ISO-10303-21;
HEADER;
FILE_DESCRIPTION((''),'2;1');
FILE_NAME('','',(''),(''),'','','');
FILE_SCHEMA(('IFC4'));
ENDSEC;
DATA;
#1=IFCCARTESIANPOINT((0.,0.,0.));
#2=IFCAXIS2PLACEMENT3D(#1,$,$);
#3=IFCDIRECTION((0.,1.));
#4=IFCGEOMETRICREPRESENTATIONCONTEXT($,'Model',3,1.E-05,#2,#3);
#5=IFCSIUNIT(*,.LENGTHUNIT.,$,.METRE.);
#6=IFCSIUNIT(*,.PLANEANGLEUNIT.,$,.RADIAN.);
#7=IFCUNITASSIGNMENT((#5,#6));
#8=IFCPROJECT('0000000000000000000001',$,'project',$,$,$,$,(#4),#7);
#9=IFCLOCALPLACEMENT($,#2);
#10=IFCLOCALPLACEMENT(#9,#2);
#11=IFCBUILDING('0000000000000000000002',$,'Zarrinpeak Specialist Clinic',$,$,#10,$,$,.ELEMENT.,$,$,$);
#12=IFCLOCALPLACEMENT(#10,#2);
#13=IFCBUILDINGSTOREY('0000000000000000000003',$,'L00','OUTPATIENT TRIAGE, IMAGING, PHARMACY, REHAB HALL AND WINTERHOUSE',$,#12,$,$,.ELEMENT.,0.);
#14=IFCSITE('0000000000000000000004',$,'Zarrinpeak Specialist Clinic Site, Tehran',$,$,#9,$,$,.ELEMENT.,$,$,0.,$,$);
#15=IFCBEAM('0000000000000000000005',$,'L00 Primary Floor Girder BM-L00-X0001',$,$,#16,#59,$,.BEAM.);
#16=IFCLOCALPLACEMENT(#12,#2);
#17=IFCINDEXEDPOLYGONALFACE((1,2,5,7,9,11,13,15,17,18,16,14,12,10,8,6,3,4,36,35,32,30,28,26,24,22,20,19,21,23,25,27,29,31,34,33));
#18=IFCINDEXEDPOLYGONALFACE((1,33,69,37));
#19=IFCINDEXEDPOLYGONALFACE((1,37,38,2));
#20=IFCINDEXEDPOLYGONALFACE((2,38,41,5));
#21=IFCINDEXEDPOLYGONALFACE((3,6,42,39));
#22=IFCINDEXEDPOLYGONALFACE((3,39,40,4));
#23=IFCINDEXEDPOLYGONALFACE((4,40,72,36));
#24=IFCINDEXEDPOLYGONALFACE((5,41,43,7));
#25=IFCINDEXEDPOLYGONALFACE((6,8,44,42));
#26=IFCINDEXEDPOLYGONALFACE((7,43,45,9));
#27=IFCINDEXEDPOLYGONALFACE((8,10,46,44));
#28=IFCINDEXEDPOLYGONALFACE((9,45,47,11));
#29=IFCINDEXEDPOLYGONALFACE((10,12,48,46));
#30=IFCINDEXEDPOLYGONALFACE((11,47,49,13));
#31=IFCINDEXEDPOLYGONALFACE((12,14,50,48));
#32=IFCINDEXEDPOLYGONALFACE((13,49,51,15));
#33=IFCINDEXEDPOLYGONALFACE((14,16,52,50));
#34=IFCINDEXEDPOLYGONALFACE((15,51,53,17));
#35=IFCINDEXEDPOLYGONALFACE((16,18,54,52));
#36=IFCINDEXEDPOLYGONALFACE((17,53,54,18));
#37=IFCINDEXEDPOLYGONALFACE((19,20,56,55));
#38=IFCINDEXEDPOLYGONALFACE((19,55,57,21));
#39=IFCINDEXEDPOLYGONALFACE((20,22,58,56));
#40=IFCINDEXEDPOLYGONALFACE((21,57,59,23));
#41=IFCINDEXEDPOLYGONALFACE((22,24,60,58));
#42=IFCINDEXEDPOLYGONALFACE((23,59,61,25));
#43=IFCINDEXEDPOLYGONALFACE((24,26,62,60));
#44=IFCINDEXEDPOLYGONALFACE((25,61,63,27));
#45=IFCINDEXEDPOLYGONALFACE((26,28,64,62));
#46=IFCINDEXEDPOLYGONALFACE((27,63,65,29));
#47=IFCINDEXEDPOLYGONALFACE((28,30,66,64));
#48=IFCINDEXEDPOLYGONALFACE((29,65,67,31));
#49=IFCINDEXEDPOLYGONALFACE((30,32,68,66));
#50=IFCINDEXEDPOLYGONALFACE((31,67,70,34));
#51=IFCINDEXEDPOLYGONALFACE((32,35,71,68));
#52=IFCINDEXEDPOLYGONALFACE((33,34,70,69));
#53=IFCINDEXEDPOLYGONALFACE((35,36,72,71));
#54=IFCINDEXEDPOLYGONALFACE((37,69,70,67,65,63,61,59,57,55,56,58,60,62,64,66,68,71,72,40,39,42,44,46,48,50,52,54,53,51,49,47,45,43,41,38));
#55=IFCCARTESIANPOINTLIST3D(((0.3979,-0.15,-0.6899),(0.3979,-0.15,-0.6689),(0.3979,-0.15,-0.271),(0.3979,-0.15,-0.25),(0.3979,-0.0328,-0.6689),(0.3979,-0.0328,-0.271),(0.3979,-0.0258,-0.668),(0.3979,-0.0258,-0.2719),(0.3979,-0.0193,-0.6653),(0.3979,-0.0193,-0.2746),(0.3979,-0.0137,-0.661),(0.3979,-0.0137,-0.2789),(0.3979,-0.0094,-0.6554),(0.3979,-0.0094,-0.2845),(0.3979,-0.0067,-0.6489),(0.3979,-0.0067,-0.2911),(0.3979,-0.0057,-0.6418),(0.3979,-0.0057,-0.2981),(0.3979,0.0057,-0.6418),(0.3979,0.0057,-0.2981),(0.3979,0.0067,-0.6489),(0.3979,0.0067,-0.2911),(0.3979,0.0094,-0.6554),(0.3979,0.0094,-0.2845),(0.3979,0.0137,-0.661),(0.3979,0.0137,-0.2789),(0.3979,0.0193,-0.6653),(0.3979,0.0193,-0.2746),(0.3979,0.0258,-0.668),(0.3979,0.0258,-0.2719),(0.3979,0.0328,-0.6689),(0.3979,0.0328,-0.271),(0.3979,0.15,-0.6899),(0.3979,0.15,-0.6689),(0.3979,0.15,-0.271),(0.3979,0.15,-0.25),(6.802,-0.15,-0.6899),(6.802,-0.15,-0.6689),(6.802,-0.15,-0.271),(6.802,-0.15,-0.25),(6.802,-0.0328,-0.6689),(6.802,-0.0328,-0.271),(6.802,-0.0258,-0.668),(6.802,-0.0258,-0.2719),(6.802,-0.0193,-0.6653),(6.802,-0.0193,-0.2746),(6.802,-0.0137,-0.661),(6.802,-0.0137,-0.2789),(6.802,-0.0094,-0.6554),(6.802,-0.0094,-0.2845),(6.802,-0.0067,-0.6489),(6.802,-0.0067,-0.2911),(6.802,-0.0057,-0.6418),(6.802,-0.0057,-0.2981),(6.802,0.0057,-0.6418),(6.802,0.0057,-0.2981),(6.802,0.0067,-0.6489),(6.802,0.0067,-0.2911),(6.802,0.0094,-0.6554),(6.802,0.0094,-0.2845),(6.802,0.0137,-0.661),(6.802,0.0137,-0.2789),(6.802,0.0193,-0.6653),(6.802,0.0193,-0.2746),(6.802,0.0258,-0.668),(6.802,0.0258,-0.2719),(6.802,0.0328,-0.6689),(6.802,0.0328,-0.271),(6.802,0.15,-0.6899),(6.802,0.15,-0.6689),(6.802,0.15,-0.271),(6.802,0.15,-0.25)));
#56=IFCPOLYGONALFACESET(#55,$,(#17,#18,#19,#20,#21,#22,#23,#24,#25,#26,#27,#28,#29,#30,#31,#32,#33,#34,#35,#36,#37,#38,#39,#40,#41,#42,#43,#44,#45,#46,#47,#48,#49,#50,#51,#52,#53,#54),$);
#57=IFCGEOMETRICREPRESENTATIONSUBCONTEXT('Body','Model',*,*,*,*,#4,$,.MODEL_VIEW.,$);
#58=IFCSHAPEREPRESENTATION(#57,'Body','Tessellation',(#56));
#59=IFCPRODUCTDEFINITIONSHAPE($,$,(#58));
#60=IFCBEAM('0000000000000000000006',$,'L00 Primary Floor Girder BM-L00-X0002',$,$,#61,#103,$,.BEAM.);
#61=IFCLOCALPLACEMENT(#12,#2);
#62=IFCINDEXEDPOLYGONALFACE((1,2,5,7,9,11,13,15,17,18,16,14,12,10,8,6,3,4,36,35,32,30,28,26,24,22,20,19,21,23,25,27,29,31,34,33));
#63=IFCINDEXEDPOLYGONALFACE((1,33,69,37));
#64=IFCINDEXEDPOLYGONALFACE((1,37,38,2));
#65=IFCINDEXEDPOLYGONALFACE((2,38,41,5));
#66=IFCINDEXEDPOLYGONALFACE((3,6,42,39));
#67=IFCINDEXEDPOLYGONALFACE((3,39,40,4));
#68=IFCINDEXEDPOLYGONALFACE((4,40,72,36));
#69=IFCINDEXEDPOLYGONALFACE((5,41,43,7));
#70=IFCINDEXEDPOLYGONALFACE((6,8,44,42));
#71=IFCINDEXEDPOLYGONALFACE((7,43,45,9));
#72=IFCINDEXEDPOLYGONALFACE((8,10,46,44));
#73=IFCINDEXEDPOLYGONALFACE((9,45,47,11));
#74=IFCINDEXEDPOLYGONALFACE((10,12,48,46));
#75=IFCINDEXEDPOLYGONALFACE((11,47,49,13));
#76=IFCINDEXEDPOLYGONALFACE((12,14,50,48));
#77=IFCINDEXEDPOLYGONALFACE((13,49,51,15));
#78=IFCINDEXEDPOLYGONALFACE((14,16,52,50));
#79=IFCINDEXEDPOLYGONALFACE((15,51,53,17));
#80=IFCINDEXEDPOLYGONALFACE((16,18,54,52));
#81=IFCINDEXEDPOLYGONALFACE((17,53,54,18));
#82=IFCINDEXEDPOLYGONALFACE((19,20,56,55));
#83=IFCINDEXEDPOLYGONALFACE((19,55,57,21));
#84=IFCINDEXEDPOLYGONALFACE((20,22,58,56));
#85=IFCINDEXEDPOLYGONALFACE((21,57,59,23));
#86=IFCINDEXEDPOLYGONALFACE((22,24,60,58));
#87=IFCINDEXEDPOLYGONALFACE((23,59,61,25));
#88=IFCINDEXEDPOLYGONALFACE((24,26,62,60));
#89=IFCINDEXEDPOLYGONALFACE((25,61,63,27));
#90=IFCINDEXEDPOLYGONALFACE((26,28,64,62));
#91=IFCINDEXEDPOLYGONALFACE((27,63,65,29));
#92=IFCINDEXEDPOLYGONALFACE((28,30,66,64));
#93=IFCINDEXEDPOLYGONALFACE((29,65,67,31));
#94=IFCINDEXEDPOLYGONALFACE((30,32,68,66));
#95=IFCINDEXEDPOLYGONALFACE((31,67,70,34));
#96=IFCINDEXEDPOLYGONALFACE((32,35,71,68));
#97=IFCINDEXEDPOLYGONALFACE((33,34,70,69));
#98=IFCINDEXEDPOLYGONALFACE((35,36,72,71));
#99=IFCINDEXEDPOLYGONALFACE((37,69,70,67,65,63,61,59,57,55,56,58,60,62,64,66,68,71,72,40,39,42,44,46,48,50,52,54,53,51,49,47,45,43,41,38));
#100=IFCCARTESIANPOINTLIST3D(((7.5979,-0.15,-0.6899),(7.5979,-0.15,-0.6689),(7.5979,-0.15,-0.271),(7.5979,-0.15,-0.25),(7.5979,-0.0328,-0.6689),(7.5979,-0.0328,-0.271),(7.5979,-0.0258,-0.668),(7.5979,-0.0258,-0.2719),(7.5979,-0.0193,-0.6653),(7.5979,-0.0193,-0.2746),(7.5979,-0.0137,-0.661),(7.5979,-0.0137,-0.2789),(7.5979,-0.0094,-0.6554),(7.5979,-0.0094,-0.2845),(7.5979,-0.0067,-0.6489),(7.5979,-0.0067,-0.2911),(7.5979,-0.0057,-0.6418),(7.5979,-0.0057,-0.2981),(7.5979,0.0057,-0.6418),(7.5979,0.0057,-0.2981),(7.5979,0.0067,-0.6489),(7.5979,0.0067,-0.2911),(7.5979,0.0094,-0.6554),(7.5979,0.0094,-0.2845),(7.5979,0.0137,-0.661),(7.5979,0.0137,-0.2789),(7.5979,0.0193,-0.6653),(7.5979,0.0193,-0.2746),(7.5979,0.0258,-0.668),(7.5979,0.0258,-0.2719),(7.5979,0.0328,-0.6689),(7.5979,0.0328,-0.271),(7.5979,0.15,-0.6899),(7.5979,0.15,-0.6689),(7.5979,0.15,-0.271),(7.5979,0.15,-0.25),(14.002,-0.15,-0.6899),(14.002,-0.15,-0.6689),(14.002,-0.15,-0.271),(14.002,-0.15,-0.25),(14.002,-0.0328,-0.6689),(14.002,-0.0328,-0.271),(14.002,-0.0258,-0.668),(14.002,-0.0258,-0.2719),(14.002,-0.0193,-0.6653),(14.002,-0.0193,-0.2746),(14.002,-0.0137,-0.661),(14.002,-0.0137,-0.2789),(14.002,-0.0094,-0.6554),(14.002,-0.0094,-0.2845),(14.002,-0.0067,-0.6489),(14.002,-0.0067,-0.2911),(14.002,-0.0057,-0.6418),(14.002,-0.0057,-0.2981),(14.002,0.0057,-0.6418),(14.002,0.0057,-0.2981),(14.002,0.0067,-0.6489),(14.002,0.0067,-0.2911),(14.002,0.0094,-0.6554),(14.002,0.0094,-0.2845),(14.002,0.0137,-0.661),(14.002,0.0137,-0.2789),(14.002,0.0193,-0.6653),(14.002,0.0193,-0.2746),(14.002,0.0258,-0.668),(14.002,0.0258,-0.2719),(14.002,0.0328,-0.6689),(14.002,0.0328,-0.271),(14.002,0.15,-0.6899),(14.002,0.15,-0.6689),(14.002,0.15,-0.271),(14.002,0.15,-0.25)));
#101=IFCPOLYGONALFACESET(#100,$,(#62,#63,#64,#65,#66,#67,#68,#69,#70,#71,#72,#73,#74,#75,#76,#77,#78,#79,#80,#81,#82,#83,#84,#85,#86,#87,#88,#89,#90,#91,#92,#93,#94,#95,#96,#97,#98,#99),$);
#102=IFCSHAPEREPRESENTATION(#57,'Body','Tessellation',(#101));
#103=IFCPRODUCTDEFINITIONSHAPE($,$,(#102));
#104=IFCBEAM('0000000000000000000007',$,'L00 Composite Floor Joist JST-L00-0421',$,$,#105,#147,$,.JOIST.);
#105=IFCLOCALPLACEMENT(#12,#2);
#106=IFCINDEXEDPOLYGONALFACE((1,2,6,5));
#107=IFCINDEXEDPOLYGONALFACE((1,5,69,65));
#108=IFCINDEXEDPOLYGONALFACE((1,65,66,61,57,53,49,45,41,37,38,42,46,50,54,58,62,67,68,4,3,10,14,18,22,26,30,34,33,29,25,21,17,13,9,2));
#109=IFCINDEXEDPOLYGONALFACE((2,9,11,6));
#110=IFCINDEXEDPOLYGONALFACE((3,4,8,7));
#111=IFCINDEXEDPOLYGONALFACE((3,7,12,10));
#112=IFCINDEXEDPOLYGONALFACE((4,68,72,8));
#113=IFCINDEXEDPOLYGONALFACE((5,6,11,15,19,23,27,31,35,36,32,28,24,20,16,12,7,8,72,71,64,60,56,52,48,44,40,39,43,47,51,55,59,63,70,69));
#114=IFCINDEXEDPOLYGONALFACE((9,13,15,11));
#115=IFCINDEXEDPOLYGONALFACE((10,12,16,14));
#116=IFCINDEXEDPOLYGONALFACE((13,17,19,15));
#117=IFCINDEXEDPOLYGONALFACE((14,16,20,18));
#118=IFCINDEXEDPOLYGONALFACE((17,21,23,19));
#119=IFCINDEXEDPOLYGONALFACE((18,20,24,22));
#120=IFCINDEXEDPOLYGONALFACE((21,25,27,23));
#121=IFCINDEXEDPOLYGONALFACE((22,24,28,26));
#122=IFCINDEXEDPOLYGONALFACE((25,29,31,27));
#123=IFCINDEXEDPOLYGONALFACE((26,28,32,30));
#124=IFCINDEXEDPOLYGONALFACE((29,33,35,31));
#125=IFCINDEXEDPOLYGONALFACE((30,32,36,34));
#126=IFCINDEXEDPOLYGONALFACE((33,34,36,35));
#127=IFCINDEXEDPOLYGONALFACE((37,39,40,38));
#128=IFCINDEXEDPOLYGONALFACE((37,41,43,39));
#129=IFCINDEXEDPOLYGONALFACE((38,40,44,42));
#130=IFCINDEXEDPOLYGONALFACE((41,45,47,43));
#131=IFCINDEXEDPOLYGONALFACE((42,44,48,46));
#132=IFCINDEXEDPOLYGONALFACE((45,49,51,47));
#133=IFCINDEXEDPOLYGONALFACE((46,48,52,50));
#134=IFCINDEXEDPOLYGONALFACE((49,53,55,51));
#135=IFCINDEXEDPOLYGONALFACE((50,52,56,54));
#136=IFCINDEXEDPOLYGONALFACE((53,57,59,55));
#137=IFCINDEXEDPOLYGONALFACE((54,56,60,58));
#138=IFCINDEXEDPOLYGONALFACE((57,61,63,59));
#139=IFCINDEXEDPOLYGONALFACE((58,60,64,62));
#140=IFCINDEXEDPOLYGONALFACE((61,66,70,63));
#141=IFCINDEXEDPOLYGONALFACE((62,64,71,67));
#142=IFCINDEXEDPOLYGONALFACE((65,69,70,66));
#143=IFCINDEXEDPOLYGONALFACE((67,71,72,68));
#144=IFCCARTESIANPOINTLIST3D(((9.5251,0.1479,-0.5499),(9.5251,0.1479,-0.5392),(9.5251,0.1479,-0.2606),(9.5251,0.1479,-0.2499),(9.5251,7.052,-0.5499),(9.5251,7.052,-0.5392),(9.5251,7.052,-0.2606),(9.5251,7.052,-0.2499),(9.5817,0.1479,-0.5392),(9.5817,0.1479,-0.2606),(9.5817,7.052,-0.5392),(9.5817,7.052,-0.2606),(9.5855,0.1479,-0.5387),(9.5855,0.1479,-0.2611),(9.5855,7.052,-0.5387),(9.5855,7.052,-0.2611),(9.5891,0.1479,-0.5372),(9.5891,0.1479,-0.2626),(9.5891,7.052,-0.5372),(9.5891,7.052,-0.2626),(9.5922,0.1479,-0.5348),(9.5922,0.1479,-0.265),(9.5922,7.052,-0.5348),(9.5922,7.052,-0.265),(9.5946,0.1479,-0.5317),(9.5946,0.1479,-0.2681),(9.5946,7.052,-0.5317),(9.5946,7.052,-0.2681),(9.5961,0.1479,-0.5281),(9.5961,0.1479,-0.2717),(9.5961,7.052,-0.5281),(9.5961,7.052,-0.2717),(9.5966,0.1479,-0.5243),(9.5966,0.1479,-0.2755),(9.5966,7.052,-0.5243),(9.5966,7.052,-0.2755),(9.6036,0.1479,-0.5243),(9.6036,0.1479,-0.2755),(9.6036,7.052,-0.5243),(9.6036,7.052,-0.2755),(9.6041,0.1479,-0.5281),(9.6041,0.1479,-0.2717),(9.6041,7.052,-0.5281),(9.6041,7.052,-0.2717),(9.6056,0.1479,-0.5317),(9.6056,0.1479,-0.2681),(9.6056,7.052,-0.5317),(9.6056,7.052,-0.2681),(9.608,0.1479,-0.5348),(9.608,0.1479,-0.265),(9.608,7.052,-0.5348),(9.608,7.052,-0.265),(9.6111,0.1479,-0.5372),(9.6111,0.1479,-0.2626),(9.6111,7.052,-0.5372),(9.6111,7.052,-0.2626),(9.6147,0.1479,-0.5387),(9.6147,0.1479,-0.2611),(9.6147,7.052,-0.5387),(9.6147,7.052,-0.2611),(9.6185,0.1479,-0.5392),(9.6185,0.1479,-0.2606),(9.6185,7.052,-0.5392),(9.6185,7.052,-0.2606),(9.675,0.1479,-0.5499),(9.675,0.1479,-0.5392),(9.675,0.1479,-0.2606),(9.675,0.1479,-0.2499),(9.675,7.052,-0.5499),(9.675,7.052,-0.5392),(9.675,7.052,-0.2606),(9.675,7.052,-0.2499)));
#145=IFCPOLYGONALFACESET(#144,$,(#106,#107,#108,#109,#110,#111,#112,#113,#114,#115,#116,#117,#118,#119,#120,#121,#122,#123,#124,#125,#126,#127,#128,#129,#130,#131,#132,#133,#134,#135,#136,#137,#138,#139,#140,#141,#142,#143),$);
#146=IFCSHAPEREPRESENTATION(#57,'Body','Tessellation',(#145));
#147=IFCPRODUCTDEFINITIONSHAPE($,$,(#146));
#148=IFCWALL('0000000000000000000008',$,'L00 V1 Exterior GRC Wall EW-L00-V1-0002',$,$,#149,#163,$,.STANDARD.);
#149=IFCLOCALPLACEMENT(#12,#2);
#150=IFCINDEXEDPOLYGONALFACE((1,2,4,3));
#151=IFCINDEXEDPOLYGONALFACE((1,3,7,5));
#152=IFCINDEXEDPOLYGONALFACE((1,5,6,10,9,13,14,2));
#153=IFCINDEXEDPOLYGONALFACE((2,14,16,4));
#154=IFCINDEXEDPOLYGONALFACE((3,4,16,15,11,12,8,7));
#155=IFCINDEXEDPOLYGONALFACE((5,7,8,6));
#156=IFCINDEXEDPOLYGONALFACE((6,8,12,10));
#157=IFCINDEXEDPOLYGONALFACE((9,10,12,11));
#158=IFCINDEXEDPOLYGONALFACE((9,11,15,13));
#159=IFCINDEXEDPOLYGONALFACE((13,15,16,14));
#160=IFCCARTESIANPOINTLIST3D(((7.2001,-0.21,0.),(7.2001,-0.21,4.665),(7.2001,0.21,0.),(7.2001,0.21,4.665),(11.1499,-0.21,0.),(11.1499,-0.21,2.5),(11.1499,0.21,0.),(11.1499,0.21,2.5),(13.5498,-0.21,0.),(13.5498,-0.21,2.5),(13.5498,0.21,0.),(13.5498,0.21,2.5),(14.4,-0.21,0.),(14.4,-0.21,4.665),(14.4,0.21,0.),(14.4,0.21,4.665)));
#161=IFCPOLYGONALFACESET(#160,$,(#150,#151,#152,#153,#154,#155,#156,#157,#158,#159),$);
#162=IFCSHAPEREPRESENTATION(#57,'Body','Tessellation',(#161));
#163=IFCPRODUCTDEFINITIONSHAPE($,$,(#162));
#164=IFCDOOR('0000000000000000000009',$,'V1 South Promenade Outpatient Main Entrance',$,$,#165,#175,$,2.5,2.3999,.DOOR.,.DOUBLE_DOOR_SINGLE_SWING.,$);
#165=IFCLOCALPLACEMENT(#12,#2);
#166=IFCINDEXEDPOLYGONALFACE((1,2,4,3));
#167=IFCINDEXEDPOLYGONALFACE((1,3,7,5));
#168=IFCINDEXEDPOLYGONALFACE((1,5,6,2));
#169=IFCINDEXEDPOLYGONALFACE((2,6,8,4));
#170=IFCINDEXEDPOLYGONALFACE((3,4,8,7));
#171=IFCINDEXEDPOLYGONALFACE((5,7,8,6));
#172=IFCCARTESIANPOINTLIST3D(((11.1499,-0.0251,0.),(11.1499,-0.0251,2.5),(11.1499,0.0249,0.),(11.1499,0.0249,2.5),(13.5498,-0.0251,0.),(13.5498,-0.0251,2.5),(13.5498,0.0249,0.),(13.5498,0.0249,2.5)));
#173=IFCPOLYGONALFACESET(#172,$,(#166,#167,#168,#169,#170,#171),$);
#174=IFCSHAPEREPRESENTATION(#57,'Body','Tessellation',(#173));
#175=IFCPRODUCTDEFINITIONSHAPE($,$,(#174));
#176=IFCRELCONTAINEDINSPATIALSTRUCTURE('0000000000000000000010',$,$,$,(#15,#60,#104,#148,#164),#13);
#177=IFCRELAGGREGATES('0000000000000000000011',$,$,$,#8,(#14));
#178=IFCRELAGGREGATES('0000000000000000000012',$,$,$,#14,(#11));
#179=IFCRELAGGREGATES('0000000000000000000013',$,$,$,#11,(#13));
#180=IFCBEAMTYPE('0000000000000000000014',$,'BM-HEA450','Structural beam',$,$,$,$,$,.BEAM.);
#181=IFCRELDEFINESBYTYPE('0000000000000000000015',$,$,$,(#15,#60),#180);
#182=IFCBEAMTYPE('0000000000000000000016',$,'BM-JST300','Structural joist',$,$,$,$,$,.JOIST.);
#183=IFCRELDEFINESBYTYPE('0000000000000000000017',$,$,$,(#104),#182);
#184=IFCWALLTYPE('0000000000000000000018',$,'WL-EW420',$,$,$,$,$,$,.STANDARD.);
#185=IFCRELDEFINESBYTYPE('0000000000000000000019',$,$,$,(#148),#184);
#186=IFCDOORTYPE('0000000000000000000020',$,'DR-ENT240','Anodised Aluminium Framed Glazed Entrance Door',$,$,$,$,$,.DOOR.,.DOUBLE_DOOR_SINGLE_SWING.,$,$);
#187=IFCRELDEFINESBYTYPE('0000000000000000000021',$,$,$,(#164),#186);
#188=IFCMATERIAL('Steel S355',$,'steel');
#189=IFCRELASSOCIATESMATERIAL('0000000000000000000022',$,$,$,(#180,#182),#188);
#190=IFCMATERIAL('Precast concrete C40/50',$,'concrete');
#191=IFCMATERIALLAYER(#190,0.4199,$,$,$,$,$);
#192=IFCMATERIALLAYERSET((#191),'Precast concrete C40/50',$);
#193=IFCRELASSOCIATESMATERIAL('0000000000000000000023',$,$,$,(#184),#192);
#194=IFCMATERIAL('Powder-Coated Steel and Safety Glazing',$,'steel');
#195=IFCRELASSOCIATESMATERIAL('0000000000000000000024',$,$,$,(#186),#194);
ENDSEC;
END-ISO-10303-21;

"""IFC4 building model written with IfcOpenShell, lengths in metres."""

from ifc_helpers import new_model, si_unit, direction, frame, frame_2d, origin, origin_2d, place, context, subcontext, project, spatial, rectangle, i_section, extrude, material, layer, layer_set, material_profile, profile_set, type_object, element, fill, save


model = new_model("IFC4")

# Units and contexts
model_context = context("Model", 3, precision=1e-05, world=origin(), true_north=direction((0.0, 1.0)))
body_context = subcontext(model_context, "Body", "Model", "MODEL_VIEW")
ifc_project = project(units=[si_unit("LENGTHUNIT", "METRE"), si_unit("PLANEANGLEUNIT", "RADIAN")], contexts=[model_context])

# Site, building, storey
site_placement = place(None, origin())
site = spatial("IfcSite", under=ifc_project, at=site_placement, Name="Zarrinpeak Specialist Clinic Site, Tehran", CompositionType="ELEMENT", RefElevation=0.0)
building_placement = place(site_placement, origin())
building = spatial("IfcBuilding", under=site, at=building_placement, Name="Zarrinpeak Specialist Clinic", CompositionType="ELEMENT")
storey_placement = place(building_placement, origin())
storey = spatial("IfcBuildingStorey", under=building, at=storey_placement, Name="L00", Description="OUTPATIENT TRIAGE, IMAGING, PHARMACY, REHAB HALL AND WINTERHOUSE", CompositionType="ELEMENT", Elevation=0.0)

# Shared definitions
ifc_material_1 = material(Name="Steel S355", Category="steel")

# Beams
ifc_material_profile_1 = material_profile(ifc_material_1, i_section(OverallWidth=0.3, OverallDepth=0.4399, WebThickness=0.0115, FlangeThickness=0.021, FilletRadius=0.0271, at=origin_2d()), Name="HEA 450")
ifc_profile_set_1 = profile_set([ifc_material_profile_1], Name="Steel S355")
beam_type_1 = type_object("IfcBeamType", Name="BM-HEA450", Description="Structural beam", PredefinedType="BEAM", material=ifc_profile_set_1)
for number, where, z_axis, x_axis, name in (
    (1, (0.3979, 0.0, -0.47), (1.0, 0.0, 0.0), (0.0, 1.0, 0.0), "L00 Primary Floor Girder BM-L00-X0001"),
    (2, (7.5979, 0.0, -0.47), (1.0, 0.0, 0.0), (0.0, 1.0, 0.0), "L00 Primary Floor Girder BM-L00-X0002"),
):
    element("IfcBeam", number, at=place(storey_placement, frame(where, z_axis=z_axis, x_axis=x_axis)), inside=storey, type_object=beam_type_1, Name=name, PredefinedType="BEAM", context=body_context, shape_type="SweptSolid", body=[
        extrude(i_section(OverallWidth=0.3, OverallDepth=0.4399, WebThickness=0.0115, FlangeThickness=0.021, FilletRadius=0.0271, at=origin_2d()), origin(), (0.0, 0.0, 1.0), 6.4041),
    ])
ifc_material_profile_2 = material_profile(ifc_material_1, i_section(OverallWidth=0.1499, OverallDepth=0.3, WebThickness=0.0071, FlangeThickness=0.0107, FilletRadius=0.0149, at=origin_2d()), Name="IPE 300")
ifc_profile_set_2 = profile_set([ifc_material_profile_2], Name="Steel S355")
beam_type_2 = type_object("IfcBeamType", Name="BM-JST300", Description="Structural joist", PredefinedType="JOIST", material=ifc_profile_set_2)
beam_1_placement = place(storey_placement, frame((9.6001, 0.1479, -0.3999), z_axis=(0.0, 1.0, 0.0), x_axis=(-1.0, 0.0, 0.0)))
element("IfcBeam", 3, at=beam_1_placement, inside=storey, type_object=beam_type_2, Name="L00 Composite Floor Joist JST-L00-0421", PredefinedType="JOIST", context=body_context, shape_type="SweptSolid", body=[
    extrude(i_section(OverallWidth=0.1499, OverallDepth=0.3, WebThickness=0.0071, FlangeThickness=0.0107, FilletRadius=0.0149, at=origin_2d()), origin(), (0.0, 0.0, 1.0), 6.9041),
])

# Wall, opening, door
ifc_material_2 = material(Name="Precast concrete C40/50", Category="concrete")
ifc_layer_1 = layer(ifc_material_2, 0.4199)
ifc_layer_set_1 = layer_set([ifc_layer_1], Name="Precast concrete C40/50")
wall_type_1 = type_object("IfcWallType", Name="WL-EW420", PredefinedType="STANDARD", material=ifc_layer_set_1)
wall_1_placement = place(storey_placement, frame((7.2, 0.0, 0.0), z_axis=(0.0, 0.0, 1.0), x_axis=(1.0, 0.0, 0.0)))
wall_1 = element("IfcWall", 4, at=wall_1_placement, inside=storey, type_object=wall_type_1, Name="L00 V1 Exterior GRC Wall EW-L00-V1-0002", PredefinedType="STANDARD", context=body_context, shape_type="SweptSolid", body=[
    extrude(rectangle(XDim=7.2, YDim=0.4199, at=frame_2d((3.6001, 0.0))), origin(), (0.0, 0.0, 1.0), 4.665),
])
opening_1_placement = place(wall_1_placement, frame((3.95, 0.0, 0.0)))
opening_1 = element("IfcOpeningElement", 5, at=opening_1_placement, cuts=wall_1, PredefinedType="OPENING", context=body_context, shape_type="SweptSolid", body=[
    extrude(rectangle(XDim=2.3999, YDim=2.5, at=frame_2d((1.2, 1.25))), frame((0.0, 0.22, 0.0), z_axis=(0.0, -1.0, 0.0), x_axis=(1.0, 0.0, 0.0)), (0.0, 0.0, 1.0), 0.4399),
])
ifc_material_3 = material(Name="Powder-Coated Steel and Safety Glazing", Category="steel")
door_type = type_object("IfcDoorType", Name="DR-ENT240", Description="Anodised Aluminium Framed Glazed Entrance Door", OperationType="DOUBLE_DOOR_SINGLE_SWING", PredefinedType="DOOR", material=ifc_material_3)
door_placement = place(opening_1_placement, origin())
door = element("IfcDoor", 6, at=door_placement, inside=storey, type_object=door_type, Name="V1 South Promenade Outpatient Main Entrance", OperationType="DOUBLE_DOOR_SINGLE_SWING", OverallHeight=2.5, OverallWidth=2.3999, PredefinedType="DOOR", context=body_context, shape_type="SweptSolid", body=[
    extrude(rectangle(XDim=2.3999, YDim=2.5, at=frame_2d((1.2, 1.25))), frame((0.0, 0.0249, 0.0), z_axis=(0.0, -1.0, 0.0), x_axis=(1.0, 0.0, 0.0)), (0.0, 0.0, 1.0), 0.05),
])
fill(opening_1, door)

save(model, "model.ifc")
